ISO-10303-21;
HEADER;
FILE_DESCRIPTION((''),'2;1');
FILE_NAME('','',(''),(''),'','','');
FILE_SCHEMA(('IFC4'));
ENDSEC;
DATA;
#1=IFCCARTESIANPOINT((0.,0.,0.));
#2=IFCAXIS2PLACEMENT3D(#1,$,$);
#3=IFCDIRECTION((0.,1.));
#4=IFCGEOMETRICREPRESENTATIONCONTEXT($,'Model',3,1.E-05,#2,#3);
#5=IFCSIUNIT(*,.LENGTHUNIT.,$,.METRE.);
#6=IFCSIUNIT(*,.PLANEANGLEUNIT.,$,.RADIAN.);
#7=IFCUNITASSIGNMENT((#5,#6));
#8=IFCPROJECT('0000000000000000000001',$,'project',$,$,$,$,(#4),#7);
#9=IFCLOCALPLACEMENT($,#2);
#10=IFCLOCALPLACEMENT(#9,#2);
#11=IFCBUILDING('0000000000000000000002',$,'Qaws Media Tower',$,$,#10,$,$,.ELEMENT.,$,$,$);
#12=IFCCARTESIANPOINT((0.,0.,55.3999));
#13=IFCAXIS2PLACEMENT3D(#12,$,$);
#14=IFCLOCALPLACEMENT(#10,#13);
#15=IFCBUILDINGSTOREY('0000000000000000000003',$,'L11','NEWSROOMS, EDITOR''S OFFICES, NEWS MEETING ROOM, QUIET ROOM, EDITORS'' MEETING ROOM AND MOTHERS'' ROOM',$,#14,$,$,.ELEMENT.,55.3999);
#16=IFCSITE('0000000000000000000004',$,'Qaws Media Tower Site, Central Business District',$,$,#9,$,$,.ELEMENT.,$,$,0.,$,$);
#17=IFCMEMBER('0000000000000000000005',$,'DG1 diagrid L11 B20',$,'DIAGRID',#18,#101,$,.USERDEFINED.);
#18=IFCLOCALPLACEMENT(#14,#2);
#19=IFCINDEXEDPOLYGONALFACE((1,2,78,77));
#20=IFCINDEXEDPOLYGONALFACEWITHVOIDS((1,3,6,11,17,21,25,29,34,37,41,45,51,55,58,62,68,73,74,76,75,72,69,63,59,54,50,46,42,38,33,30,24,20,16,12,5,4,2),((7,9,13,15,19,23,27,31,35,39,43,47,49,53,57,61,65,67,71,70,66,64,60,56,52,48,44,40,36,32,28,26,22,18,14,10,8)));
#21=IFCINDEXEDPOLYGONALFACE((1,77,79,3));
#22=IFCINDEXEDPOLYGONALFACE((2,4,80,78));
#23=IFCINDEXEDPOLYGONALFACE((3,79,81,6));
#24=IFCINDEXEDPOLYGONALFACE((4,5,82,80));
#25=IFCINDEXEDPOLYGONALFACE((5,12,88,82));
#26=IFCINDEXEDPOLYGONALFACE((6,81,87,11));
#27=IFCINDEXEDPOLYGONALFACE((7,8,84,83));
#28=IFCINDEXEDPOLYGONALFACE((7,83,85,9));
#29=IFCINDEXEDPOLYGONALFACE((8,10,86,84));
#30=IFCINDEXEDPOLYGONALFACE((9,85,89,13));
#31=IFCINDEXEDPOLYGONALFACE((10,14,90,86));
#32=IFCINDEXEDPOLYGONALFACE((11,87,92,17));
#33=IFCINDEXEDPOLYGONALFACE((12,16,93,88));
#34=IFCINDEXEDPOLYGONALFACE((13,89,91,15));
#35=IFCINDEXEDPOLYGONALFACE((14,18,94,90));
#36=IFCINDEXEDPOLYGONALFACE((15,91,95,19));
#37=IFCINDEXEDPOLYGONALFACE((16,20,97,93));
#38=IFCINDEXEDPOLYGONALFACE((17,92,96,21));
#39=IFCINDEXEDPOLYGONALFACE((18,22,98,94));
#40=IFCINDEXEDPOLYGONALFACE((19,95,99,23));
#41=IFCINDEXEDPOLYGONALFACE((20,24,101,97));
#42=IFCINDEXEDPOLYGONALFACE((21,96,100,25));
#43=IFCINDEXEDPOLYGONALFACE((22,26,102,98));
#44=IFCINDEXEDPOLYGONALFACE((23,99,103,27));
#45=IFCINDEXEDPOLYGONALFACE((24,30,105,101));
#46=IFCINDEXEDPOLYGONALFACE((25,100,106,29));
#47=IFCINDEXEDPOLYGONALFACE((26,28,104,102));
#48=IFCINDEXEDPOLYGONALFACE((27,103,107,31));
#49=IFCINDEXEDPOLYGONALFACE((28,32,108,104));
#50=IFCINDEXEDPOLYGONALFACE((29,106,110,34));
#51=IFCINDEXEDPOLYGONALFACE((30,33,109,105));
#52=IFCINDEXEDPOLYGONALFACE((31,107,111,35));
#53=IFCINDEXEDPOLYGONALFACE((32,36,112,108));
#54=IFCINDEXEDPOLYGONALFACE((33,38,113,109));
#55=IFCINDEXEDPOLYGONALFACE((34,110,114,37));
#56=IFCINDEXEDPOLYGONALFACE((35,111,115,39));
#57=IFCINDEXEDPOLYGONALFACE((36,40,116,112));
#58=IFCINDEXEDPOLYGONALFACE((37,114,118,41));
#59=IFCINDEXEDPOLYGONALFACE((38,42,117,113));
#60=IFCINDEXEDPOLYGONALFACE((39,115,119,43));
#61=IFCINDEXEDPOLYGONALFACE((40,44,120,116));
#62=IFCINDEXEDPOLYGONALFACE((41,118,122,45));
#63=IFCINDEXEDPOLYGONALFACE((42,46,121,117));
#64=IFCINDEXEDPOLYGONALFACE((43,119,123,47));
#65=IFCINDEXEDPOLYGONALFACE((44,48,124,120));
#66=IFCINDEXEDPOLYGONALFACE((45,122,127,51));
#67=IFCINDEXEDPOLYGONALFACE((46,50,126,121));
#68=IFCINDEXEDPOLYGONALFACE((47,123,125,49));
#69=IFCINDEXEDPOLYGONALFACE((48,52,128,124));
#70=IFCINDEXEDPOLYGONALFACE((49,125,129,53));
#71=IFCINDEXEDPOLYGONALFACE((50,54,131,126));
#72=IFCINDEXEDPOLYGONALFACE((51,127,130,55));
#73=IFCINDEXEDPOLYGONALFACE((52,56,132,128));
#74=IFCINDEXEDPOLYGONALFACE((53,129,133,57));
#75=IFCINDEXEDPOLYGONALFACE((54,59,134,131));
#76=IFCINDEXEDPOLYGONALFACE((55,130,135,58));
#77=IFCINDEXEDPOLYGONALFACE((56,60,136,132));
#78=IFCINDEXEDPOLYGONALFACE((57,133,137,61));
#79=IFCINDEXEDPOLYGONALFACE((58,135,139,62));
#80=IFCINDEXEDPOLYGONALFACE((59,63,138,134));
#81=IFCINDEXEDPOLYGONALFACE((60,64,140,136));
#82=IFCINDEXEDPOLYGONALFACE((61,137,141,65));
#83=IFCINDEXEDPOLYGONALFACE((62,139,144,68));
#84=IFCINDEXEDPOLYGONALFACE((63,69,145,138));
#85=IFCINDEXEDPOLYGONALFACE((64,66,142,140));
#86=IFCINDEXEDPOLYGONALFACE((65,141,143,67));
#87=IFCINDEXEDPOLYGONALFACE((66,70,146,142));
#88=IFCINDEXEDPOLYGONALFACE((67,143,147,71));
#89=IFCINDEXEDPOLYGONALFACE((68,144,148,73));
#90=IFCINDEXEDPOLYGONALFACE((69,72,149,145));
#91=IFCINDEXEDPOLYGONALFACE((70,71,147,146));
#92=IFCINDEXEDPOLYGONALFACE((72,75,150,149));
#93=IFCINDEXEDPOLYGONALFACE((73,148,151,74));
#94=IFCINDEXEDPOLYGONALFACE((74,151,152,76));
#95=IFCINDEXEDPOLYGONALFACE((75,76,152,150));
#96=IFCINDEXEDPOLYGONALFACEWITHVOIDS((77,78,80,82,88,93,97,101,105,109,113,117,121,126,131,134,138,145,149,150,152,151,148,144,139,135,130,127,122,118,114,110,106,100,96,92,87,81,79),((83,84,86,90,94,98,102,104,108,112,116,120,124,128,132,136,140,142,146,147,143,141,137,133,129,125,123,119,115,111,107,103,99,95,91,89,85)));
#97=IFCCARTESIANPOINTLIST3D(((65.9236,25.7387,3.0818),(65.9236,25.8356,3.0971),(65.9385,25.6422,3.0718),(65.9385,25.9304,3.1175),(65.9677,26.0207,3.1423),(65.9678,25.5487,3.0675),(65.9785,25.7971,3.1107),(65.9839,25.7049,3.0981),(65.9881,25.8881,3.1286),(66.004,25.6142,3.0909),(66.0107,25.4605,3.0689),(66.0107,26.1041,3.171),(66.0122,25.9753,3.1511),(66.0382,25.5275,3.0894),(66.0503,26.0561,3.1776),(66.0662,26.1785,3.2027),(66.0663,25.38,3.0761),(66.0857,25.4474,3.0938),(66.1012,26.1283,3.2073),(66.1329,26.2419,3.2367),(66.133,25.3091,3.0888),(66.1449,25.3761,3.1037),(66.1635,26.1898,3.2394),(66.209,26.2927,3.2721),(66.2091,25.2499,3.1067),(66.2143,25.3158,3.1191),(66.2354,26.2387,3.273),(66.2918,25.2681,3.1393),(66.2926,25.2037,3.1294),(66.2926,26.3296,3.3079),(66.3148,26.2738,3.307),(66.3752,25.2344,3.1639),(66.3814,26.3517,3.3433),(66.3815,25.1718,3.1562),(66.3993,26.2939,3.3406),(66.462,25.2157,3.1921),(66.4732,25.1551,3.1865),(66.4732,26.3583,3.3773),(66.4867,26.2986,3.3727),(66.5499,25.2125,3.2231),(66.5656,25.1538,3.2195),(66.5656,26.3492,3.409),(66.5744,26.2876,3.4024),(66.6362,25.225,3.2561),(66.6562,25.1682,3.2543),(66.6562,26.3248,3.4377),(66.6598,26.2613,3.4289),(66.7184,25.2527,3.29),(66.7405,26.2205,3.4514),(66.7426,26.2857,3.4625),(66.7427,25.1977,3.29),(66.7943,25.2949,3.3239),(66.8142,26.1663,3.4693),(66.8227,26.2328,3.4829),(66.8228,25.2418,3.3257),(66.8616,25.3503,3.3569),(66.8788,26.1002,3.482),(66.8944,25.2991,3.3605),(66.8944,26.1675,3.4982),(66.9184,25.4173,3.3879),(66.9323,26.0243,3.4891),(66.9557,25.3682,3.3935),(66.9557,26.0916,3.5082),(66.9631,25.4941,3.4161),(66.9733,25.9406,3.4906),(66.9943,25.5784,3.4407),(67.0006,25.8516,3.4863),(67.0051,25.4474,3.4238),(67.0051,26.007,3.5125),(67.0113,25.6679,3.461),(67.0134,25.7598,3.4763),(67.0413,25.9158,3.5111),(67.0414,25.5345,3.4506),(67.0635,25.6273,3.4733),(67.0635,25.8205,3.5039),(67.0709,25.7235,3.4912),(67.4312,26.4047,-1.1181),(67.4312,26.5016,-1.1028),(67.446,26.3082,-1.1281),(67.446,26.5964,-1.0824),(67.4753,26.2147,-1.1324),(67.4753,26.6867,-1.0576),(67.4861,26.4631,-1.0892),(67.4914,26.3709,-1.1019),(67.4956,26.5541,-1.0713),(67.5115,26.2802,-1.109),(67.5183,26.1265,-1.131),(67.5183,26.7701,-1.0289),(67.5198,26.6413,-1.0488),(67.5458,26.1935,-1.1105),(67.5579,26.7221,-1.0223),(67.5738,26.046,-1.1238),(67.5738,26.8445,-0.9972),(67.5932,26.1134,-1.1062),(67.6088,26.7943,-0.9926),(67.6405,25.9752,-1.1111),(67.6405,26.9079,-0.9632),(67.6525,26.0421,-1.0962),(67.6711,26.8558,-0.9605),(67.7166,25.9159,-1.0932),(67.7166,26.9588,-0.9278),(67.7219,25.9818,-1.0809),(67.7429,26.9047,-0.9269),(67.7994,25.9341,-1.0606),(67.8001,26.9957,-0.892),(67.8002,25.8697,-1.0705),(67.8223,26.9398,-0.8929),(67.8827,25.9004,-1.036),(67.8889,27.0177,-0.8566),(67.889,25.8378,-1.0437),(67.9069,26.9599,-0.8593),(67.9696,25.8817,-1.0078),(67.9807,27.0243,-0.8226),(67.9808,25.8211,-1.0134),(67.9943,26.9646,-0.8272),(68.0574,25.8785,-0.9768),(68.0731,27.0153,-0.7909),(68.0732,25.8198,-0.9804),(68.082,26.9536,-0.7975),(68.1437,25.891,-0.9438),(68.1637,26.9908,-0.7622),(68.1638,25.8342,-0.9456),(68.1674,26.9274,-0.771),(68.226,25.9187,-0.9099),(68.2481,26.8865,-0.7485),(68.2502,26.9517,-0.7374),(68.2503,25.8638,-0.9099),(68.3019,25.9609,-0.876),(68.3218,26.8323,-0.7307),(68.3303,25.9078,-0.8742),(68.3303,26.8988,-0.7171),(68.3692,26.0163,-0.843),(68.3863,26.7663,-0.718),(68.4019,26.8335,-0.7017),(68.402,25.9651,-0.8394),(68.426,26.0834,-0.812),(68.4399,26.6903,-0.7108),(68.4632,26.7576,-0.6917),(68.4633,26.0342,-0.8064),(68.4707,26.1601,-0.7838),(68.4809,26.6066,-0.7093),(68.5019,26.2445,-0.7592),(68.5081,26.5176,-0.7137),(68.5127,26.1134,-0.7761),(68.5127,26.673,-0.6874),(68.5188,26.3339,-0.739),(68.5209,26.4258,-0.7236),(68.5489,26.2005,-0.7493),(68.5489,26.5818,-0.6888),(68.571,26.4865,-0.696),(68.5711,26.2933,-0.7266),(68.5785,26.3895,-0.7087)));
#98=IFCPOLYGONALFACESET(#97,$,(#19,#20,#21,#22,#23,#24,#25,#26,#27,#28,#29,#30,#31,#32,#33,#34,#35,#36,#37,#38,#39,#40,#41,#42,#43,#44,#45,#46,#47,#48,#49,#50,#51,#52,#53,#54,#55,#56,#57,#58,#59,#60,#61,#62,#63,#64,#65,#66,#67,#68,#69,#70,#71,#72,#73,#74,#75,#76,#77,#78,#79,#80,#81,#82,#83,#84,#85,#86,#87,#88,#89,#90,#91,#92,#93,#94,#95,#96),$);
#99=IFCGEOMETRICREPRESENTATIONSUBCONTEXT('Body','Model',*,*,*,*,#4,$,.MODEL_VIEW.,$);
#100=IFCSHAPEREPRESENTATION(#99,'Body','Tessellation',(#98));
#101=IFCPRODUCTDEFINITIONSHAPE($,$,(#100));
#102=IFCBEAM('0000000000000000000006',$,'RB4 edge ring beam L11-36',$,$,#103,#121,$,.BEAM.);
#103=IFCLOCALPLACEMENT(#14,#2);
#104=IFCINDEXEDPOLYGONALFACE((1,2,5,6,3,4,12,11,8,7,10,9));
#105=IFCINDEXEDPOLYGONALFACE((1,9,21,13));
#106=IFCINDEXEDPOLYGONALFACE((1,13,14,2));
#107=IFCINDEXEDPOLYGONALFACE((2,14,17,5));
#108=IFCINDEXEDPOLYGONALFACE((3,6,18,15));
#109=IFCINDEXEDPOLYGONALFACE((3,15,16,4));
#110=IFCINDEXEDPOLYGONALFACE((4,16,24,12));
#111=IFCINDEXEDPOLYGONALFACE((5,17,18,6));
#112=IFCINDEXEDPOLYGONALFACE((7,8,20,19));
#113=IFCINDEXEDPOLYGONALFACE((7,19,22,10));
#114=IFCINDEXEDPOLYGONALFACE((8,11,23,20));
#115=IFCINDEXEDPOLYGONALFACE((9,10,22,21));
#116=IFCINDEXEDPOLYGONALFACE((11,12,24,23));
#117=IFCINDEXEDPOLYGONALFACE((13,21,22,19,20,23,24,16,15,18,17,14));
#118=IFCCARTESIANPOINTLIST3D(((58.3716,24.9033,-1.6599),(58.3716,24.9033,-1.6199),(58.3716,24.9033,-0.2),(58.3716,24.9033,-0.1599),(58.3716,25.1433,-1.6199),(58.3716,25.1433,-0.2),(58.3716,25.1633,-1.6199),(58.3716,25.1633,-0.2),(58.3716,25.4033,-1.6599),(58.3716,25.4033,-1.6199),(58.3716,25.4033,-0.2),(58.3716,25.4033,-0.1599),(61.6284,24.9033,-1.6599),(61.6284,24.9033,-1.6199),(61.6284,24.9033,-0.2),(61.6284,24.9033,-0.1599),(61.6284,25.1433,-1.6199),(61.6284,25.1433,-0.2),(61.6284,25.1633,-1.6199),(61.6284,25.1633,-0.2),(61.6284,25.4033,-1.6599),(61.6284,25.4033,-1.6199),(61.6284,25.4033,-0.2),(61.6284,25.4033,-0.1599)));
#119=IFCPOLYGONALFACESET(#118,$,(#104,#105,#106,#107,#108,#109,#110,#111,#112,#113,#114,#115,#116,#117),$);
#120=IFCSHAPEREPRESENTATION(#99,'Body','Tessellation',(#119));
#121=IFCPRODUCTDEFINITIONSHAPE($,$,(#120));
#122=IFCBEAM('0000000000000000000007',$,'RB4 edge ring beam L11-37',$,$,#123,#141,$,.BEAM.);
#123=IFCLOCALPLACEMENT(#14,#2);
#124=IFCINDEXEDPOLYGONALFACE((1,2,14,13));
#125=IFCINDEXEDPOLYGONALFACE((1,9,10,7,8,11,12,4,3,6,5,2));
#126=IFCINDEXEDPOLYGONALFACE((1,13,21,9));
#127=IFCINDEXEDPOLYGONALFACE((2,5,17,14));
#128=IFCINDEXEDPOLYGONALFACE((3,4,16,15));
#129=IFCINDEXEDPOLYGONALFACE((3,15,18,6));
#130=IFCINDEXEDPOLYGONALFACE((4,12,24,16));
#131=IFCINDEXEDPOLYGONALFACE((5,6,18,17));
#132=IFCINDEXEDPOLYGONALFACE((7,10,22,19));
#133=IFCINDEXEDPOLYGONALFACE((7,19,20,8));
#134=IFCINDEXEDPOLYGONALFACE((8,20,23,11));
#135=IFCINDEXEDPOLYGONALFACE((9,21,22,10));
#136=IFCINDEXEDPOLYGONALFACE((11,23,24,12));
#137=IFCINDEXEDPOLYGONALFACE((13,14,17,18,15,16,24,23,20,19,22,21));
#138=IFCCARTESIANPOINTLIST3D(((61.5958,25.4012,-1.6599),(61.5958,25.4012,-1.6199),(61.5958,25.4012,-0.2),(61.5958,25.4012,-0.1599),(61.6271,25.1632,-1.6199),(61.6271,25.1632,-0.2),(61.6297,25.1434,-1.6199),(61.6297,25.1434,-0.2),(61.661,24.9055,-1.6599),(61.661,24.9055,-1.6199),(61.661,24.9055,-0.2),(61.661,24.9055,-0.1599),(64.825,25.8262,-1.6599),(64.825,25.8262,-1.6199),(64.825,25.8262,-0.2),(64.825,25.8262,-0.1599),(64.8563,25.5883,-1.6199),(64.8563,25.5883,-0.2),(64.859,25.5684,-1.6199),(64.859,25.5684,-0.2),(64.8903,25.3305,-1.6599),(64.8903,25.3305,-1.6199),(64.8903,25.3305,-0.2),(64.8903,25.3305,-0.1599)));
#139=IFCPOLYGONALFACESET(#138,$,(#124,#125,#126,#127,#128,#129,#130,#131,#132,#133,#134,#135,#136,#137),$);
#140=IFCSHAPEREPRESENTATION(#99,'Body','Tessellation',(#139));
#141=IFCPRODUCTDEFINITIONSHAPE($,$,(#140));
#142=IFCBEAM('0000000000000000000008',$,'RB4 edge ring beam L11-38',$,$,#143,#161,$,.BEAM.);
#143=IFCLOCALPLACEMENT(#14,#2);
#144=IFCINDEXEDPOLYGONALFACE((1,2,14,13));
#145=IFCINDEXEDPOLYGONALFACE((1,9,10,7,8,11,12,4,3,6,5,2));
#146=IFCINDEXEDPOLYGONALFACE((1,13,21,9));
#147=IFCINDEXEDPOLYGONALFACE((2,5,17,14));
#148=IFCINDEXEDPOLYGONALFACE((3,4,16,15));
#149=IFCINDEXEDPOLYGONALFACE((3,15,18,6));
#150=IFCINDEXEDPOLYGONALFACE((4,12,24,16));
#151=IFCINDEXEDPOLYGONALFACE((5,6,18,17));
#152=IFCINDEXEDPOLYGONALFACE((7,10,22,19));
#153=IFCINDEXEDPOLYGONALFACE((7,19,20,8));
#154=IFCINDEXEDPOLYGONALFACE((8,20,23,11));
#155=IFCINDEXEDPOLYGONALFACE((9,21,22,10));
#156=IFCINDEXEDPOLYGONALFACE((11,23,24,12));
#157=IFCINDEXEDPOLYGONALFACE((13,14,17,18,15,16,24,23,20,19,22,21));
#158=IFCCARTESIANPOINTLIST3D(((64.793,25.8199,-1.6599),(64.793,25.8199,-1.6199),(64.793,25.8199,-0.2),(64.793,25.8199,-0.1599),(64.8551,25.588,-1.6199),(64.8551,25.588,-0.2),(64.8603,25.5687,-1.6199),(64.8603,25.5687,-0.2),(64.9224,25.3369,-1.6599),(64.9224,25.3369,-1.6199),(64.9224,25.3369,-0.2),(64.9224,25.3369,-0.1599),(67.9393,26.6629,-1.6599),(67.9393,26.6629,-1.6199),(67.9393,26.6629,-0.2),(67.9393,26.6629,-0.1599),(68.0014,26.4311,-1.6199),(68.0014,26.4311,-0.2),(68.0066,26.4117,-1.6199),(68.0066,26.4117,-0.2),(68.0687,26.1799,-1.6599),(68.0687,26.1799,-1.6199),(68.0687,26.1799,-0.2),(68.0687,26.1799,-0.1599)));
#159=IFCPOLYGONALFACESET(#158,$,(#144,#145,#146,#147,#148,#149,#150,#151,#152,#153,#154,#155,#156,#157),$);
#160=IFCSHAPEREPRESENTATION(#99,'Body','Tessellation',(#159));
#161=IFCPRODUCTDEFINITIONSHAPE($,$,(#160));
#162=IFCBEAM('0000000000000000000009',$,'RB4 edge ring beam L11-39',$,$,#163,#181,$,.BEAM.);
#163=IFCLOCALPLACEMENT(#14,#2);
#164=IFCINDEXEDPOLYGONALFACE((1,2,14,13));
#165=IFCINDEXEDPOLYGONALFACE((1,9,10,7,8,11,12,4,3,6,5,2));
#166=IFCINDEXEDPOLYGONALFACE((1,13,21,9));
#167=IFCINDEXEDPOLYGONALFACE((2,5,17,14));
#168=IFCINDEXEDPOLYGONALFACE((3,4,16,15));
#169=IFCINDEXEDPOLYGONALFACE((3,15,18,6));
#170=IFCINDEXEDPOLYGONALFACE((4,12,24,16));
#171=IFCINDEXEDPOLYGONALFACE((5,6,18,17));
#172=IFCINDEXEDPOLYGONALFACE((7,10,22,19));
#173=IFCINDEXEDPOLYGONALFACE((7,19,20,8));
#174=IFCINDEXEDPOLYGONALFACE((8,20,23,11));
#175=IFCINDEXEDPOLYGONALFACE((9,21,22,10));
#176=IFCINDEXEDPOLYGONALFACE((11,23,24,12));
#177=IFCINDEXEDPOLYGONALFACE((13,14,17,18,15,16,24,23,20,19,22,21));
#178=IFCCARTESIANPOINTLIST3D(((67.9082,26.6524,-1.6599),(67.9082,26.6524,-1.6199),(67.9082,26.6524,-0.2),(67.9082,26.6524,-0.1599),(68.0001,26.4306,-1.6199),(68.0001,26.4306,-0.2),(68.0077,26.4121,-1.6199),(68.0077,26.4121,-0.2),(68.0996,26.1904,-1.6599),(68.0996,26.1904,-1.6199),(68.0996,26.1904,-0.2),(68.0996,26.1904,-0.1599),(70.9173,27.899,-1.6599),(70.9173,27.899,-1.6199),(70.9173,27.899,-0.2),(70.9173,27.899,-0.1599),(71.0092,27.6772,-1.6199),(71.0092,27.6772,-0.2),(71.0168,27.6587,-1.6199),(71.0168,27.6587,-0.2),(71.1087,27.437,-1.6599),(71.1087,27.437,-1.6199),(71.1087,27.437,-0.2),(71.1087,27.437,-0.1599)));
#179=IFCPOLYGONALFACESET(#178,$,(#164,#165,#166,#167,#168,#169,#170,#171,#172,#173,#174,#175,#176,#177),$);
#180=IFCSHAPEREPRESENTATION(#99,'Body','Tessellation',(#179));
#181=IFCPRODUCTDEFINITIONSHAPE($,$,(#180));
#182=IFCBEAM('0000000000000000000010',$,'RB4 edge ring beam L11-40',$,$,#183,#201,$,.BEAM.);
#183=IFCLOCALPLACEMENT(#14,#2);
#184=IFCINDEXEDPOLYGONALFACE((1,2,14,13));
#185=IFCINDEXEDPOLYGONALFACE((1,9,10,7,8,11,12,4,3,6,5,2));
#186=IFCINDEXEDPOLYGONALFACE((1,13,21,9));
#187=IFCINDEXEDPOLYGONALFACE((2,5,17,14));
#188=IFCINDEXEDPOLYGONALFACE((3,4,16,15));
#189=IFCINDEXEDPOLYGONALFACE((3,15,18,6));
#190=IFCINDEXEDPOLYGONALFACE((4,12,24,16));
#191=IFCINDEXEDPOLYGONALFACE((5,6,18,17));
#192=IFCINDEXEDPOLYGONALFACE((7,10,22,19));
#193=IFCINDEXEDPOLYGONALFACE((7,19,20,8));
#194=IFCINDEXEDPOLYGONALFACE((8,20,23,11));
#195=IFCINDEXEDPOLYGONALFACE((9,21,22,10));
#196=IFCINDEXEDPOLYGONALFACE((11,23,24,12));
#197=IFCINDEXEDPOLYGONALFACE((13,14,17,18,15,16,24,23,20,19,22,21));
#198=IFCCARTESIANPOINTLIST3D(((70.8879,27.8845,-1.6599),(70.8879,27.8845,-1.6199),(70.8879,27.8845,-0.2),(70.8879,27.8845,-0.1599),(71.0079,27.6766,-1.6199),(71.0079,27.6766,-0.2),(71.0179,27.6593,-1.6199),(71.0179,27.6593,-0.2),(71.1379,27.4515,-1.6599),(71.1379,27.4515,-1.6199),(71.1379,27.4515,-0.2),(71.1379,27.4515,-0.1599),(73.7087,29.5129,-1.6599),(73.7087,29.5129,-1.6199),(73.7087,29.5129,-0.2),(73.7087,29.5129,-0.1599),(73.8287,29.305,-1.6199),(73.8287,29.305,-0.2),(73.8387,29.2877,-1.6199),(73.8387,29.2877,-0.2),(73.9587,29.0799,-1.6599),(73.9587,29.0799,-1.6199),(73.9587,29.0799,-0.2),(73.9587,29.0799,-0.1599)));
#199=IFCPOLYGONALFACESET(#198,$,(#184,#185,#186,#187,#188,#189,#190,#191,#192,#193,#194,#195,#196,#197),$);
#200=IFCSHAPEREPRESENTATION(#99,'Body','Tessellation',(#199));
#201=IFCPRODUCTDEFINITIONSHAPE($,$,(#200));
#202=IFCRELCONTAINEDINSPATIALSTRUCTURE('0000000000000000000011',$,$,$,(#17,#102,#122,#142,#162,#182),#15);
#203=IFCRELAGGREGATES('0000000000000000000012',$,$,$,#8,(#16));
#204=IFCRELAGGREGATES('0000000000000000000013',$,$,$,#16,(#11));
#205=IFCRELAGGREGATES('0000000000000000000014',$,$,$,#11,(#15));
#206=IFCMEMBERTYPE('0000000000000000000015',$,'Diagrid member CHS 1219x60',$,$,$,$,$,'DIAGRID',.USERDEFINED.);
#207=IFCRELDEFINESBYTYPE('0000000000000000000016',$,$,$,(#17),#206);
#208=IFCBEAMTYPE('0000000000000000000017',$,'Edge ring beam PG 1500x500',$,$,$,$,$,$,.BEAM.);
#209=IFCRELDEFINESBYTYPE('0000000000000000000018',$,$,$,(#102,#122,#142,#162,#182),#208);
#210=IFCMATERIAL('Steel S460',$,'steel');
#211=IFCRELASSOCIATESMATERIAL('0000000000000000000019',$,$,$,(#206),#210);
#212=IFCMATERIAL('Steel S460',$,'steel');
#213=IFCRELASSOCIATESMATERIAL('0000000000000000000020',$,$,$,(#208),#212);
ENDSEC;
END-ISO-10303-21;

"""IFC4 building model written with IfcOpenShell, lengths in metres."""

from ifc_helpers import new_model, si_unit, direction, frame, origin, origin_2d, place, context, subcontext, project, spatial, hollow_circle, i_section, extrude, material, material_profile, profile_set, type_object, element, save


model = new_model("IFC4")

# Units and contexts
model_context = context("Model", 3, precision=1e-05, world=origin(), true_north=direction((0.0, 1.0)))
body_context = subcontext(model_context, "Body", "Model", "MODEL_VIEW")
ifc_project = project(units=[si_unit("LENGTHUNIT", "METRE"), si_unit("PLANEANGLEUNIT", "RADIAN")], contexts=[model_context])

# Site, building, storey
site_placement = place(None, origin())
site = spatial("IfcSite", under=ifc_project, at=site_placement, Name="Qaws Media Tower Site, Central Business District", CompositionType="ELEMENT", RefElevation=0.0)
building_placement = place(site_placement, origin())
building = spatial("IfcBuilding", under=site, at=building_placement, Name="Qaws Media Tower", CompositionType="ELEMENT")
storey_placement = place(building_placement, frame((0.0, 0.0, 55.3999)))
storey = spatial("IfcBuildingStorey", under=building, at=storey_placement, Name="L11", Description="NEWSROOMS, EDITOR'S OFFICES, NEWS MEETING ROOM, QUIET ROOM, EDITORS' MEETING ROOM AND MOTHERS' ROOM", CompositionType="ELEMENT", Elevation=55.3999)

# Member
ifc_material_1 = material(Name="Steel S460", Category="steel")
ifc_material_profile_1 = material_profile(ifc_material_1, hollow_circle(Radius=0.6096, WallThickness=0.0601, at=origin_2d()), Name="CHS 1219x60")
ifc_profile_set_1 = profile_set([ifc_material_profile_1], Name="Steel S460")
member_type_1 = type_object("IfcMemberType", Name="Diagrid member CHS 1219x60", ElementType="DIAGRID", PredefinedType="USERDEFINED", material=ifc_profile_set_1)
for number, where, z_axis, x_axis, name in (
    (1, (68.0039, 26.4214, -0.9099), (-0.334142, -0.147618, 0.930891), (0.404103, -0.914713, 0.0), "DG1 diagrid L11 B20"),
):
    element("IfcMember", number, at=place(storey_placement, frame(where, z_axis=z_axis, x_axis=x_axis)), inside=storey, type_object=member_type_1, Name=name, ObjectType="DIAGRID", PredefinedType="USERDEFINED", context=body_context, shape_type="SweptSolid", body=[
        extrude(hollow_circle(Radius=0.6096, WallThickness=0.0601, at=origin_2d()), origin(), (0.0, 0.0, 1.0), 4.5117),
    ])

# Beams
ifc_material_2 = material(Name="Steel S460", Category="steel")
ifc_material_profile_2 = material_profile(ifc_material_2, i_section(OverallWidth=0.5, OverallDepth=1.5, WebThickness=0.02, FlangeThickness=0.04, at=origin_2d()), Name="PG 1500x500")
ifc_profile_set_2 = profile_set([ifc_material_profile_2], Name="Steel S460")
beam_type_1 = type_object("IfcBeamType", Name="Edge ring beam PG 1500x500", PredefinedType="BEAM", material=ifc_profile_set_2)
beam_1_placement = place(storey_placement, frame((58.3716, 25.1533, -0.9099), z_axis=(1.0, 0.0, 0.0), x_axis=(0.0, 1.0, 0.0)))
element("IfcBeam", 2, at=beam_1_placement, inside=storey, type_object=beam_type_1, Name="RB4 edge ring beam L11-36", PredefinedType="BEAM", context=body_context, shape_type="SweptSolid", body=[
    extrude(i_section(OverallWidth=0.5, OverallDepth=1.5, WebThickness=0.02, FlangeThickness=0.04, at=origin_2d()), origin(), (0.0, 0.0, 1.0), 3.2568),
])
beam_2_placement = place(storey_placement, frame((61.6284, 25.1533, -0.9099), z_axis=(0.991448, 0.130499, 0.0), x_axis=(-0.130499, 0.991448, 0.0)))
element("IfcBeam", 3, at=beam_2_placement, inside=storey, type_object=beam_type_1, Name="RB4 edge ring beam L11-37", PredefinedType="BEAM", context=body_context, shape_type="SweptSolid", body=[
    extrude(i_section(OverallWidth=0.5, OverallDepth=1.5, WebThickness=0.02, FlangeThickness=0.04, at=origin_2d()), origin(), (0.0, 0.0, 1.0), 3.2571),
])
beam_3_placement = place(storey_placement, frame((64.8577, 25.5784, -0.9099), z_axis=(0.965927, 0.258815, 0.0), x_axis=(-0.258815, 0.965927, 0.0)))
element("IfcBeam", 4, at=beam_3_placement, inside=storey, type_object=beam_type_1, Name="RB4 edge ring beam L11-38", PredefinedType="BEAM", context=body_context, shape_type="SweptSolid", body=[
    extrude(i_section(OverallWidth=0.5, OverallDepth=1.5, WebThickness=0.02, FlangeThickness=0.04, at=origin_2d()), origin(), (0.0, 0.0, 1.0), 3.2573),
])
for number, where, z_axis, x_axis, name in (
    (5, (68.0039, 26.4214, -0.9099), (0.923858, 0.382736, 0.0), (-0.382736, 0.923858, 0.0), "RB4 edge ring beam L11-39"),
    (6, (71.0129, 27.668, -0.9099), (0.866048, 0.49996, 0.0), (-0.49996, 0.866048, 0.0), "RB4 edge ring beam L11-40"),
):
    element("IfcBeam", number, at=place(storey_placement, frame(where, z_axis=z_axis, x_axis=x_axis)), inside=storey, type_object=beam_type_1, Name=name, PredefinedType="BEAM", context=body_context, shape_type="SweptSolid", body=[
        extrude(i_section(OverallWidth=0.5, OverallDepth=1.5, WebThickness=0.02, FlangeThickness=0.04, at=origin_2d()), origin(), (0.0, 0.0, 1.0), 3.2571),
    ])

save(model, "model.ifc")
